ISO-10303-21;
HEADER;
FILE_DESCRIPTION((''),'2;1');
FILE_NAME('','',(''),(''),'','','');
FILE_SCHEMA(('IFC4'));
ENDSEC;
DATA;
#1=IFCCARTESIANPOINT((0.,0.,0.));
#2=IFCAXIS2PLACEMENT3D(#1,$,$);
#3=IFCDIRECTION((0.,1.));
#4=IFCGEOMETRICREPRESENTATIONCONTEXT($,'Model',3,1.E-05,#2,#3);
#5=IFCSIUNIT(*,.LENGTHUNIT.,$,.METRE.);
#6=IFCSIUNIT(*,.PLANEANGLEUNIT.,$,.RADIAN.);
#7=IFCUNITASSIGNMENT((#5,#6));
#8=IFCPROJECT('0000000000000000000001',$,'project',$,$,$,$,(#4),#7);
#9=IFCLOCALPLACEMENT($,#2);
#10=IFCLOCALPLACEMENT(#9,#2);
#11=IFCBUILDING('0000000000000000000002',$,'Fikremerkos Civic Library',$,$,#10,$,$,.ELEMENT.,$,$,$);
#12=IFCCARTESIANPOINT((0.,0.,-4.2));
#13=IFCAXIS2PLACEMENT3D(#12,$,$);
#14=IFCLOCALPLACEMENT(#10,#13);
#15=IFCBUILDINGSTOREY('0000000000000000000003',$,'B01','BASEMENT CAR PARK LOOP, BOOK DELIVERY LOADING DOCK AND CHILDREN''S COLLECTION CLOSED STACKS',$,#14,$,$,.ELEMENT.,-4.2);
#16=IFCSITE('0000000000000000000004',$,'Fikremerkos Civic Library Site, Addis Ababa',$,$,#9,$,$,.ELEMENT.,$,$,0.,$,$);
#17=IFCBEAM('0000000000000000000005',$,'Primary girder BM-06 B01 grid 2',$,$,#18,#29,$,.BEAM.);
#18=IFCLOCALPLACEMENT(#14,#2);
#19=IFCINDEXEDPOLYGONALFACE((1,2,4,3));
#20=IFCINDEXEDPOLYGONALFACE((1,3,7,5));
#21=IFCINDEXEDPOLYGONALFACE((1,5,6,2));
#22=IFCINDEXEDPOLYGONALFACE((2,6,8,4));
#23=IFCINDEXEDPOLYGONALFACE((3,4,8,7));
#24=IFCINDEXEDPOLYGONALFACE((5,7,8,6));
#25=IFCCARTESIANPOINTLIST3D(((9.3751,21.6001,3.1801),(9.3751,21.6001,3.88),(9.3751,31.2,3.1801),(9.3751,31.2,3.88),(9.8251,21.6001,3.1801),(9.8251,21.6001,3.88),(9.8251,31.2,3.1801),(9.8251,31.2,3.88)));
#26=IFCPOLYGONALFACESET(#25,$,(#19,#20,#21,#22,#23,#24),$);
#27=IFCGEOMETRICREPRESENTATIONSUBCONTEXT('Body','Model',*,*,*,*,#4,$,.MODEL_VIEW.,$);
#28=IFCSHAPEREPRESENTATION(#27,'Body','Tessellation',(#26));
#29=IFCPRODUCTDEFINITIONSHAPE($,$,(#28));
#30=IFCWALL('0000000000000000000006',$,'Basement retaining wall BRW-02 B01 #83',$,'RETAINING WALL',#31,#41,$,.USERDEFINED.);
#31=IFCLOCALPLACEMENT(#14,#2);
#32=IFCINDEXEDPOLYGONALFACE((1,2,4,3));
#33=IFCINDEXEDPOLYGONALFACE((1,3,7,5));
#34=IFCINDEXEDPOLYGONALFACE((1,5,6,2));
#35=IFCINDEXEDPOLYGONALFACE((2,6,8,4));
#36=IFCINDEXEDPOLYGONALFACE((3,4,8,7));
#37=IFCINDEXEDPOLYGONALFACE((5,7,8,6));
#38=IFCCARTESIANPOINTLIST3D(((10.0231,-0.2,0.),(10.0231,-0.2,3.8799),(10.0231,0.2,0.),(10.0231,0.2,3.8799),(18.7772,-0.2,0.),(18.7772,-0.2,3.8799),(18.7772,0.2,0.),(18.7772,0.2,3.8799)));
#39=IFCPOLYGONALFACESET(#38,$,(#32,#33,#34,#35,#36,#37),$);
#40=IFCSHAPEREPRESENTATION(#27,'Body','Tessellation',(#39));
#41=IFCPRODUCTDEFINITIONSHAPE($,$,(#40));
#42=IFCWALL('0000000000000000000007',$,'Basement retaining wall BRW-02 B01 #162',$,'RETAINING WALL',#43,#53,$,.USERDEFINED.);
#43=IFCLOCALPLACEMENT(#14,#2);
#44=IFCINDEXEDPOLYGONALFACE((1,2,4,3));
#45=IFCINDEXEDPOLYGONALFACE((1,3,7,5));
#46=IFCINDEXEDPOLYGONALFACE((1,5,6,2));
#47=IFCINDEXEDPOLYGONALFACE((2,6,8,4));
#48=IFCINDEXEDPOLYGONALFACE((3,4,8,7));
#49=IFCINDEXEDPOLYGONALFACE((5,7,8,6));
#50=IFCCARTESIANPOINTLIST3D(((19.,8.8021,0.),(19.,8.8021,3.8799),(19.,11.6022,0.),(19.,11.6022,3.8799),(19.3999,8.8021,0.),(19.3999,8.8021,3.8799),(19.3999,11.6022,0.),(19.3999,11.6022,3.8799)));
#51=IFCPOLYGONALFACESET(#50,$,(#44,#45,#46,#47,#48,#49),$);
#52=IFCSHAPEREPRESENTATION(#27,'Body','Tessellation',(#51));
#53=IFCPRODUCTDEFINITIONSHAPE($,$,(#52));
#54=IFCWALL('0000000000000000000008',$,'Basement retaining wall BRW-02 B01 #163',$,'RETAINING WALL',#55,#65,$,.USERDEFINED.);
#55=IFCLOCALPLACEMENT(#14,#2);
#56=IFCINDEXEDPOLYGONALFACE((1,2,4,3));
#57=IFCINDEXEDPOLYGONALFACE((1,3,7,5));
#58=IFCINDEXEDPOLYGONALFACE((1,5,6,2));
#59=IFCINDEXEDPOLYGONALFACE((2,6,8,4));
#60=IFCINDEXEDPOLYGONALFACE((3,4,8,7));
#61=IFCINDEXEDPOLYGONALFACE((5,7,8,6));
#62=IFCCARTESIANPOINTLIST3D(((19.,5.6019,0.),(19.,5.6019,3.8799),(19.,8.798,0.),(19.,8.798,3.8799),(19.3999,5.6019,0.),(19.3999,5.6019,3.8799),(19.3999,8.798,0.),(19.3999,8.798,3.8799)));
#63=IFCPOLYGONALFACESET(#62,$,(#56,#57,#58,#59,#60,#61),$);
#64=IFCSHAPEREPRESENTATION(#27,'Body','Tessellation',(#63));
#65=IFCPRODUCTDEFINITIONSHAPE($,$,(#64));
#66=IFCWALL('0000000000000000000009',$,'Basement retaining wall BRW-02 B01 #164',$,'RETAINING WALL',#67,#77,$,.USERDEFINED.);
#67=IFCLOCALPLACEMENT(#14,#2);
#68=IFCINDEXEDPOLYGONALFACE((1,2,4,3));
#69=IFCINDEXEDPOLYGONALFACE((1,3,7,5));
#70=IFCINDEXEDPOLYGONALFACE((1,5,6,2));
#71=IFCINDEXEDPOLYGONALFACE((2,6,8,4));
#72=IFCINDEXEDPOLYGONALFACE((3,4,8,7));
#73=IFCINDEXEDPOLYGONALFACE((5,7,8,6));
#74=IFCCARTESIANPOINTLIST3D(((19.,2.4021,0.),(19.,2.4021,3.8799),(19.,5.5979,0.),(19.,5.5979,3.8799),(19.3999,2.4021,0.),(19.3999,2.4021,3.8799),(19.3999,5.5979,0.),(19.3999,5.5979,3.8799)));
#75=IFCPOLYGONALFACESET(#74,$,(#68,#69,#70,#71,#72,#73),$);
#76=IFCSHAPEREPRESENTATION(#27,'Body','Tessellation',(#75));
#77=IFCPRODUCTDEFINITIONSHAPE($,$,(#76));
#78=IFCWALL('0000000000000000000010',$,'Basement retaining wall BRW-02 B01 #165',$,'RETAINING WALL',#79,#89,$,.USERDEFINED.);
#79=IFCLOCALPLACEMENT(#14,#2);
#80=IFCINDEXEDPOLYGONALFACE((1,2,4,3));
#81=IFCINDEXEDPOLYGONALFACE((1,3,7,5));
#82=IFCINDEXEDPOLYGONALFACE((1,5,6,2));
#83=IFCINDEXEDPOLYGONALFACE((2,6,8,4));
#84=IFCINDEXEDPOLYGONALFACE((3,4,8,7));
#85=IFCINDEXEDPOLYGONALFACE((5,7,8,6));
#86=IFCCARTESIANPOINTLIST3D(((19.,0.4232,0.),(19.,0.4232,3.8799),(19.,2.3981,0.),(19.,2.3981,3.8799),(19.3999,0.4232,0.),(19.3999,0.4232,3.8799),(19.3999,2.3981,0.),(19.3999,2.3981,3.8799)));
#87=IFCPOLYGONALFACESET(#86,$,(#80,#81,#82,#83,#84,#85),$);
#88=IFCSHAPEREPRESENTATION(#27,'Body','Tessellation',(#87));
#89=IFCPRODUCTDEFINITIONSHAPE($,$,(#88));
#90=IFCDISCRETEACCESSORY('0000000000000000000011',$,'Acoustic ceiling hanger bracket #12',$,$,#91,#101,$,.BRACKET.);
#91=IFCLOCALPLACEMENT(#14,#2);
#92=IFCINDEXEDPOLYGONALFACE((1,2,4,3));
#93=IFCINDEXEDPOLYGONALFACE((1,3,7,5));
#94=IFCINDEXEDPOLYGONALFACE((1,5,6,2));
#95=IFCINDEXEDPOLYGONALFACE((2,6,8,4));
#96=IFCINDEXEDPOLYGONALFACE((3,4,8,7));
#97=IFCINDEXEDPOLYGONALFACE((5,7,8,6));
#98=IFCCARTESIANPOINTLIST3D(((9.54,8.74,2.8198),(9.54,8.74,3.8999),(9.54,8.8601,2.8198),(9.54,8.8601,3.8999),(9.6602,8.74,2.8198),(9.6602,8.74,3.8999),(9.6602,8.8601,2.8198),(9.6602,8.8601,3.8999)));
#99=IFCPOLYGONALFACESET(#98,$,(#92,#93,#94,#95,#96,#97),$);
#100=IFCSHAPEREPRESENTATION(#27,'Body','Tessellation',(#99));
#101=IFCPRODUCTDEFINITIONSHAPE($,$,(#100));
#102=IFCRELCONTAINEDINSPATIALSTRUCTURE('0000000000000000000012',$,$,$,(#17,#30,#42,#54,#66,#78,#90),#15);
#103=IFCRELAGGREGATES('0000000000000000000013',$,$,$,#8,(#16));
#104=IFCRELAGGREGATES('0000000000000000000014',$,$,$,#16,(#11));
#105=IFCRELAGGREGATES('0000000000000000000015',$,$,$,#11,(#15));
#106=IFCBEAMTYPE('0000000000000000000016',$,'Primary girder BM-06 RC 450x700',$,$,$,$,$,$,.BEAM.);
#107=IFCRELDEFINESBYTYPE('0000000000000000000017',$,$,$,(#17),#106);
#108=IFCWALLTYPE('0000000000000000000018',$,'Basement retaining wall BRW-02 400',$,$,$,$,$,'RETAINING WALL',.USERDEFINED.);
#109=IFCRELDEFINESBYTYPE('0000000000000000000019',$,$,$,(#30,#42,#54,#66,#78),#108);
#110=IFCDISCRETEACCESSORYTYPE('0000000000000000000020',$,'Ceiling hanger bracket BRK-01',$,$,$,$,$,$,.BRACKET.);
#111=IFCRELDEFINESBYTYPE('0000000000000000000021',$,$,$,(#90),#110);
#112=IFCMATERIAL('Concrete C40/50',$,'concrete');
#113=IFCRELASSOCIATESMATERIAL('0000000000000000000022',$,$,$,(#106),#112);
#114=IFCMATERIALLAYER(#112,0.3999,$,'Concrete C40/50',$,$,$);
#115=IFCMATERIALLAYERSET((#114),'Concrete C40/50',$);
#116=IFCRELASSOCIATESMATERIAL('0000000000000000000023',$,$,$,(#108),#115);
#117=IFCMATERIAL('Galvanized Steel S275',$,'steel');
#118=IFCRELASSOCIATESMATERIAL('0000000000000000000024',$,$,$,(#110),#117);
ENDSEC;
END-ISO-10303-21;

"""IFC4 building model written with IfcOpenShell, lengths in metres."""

from ifc_helpers import new_model, si_unit, direction, frame, frame_2d, origin, origin_2d, place, context, subcontext, project, spatial, rectangle, extrude, material, layer, layer_set, material_profile, profile_set, type_object, element, save


model = new_model("IFC4")

# Units and contexts
model_context = context("Model", 3, precision=1e-05, world=origin(), true_north=direction((0.0, 1.0)))
body_context = subcontext(model_context, "Body", "Model", "MODEL_VIEW")
ifc_project = project(units=[si_unit("LENGTHUNIT", "METRE"), si_unit("PLANEANGLEUNIT", "RADIAN")], contexts=[model_context])

# Site, building, storey
site_placement = place(None, origin())
site = spatial("IfcSite", under=ifc_project, at=site_placement, Name="Fikremerkos Civic Library Site, Addis Ababa", CompositionType="ELEMENT", RefElevation=0.0)
building_placement = place(site_placement, origin())
building = spatial("IfcBuilding", under=site, at=building_placement, Name="Fikremerkos Civic Library", CompositionType="ELEMENT")
storey_placement = place(building_placement, frame((0.0, 0.0, -4.2)))
storey = spatial("IfcBuildingStorey", under=building, at=storey_placement, Name="B01", Description="BASEMENT CAR PARK LOOP, BOOK DELIVERY LOADING DOCK AND CHILDREN'S COLLECTION CLOSED STACKS", CompositionType="ELEMENT", Elevation=-4.2)

# Shared definitions
ifc_material_1 = material(Name="Concrete C40/50", Category="concrete")

# Beam
ifc_material_profile_1 = material_profile(ifc_material_1, rectangle(XDim=0.45, YDim=0.7, at=origin_2d()), Name="RC 450x700")
ifc_profile_set_1 = profile_set([ifc_material_profile_1], Name="Concrete C40/50")
beam_type_1 = type_object("IfcBeamType", Name="Primary girder BM-06 RC 450x700", PredefinedType="BEAM", material=ifc_profile_set_1)
for number, where, z_axis, x_axis, name in (
    (1, (9.6001, 21.6001, 3.53), (0.0, 1.0, 0.0), (-1.0, 0.0, 0.0), "Primary girder BM-06 B01 grid 2"),
):
    element("IfcBeam", number, at=place(storey_placement, frame(where, z_axis=z_axis, x_axis=x_axis)), inside=storey, type_object=beam_type_1, Name=name, PredefinedType="BEAM", context=body_context, shape_type="SweptSolid", body=[
        extrude(rectangle(XDim=0.45, YDim=0.7, at=origin_2d()), origin(), (0.0, 0.0, 1.0), 9.5999),
    ])

# Walls
ifc_layer = layer(ifc_material_1, 0.3999, Name="Concrete C40/50")
ifc_layer_set = layer_set([ifc_layer], Name="Concrete C40/50")
wall_type = type_object("IfcWallType", Name="Basement retaining wall BRW-02 400", ElementType="RETAINING WALL", PredefinedType="USERDEFINED", material=ifc_layer_set)
wall_1_placement = place(storey_placement, frame((18.7771, 0.0, 0.0), z_axis=(0.0, 0.0, 1.0), x_axis=(-1.0, 0.0, 0.0)))
element("IfcWall", 2, at=wall_1_placement, inside=storey, type_object=wall_type, Name="Basement retaining wall BRW-02 B01 #83", ObjectType="RETAINING WALL", PredefinedType="USERDEFINED", context=body_context, shape_type="SweptSolid", body=[
    extrude(rectangle(XDim=8.7542, YDim=0.3999, at=frame_2d((4.377, 0.0))), origin(), (0.0, 0.0, 1.0), 3.8799),
])
wall_2_placement = place(storey_placement, frame((19.2, 11.6021, 0.0), z_axis=(0.0, 0.0, 1.0), x_axis=(0.0, -1.0, 0.0)))
element("IfcWall", 3, at=wall_2_placement, inside=storey, type_object=wall_type, Name="Basement retaining wall BRW-02 B01 #162", ObjectType="RETAINING WALL", PredefinedType="USERDEFINED", context=body_context, shape_type="SweptSolid", body=[
    extrude(rectangle(XDim=2.8, YDim=0.3999, at=frame_2d((1.3999, 0.0))), origin(), (0.0, 0.0, 1.0), 3.8799),
])
wall_3_placement = place(storey_placement, frame((19.2, 8.7981, 0.0), z_axis=(0.0, 0.0, 1.0), x_axis=(0.0, -1.0, 0.0)))
element("IfcWall", 4, at=wall_3_placement, inside=storey, type_object=wall_type, Name="Basement retaining wall BRW-02 B01 #163", ObjectType="RETAINING WALL", PredefinedType="USERDEFINED", context=body_context, shape_type="SweptSolid", body=[
    extrude(rectangle(XDim=3.196, YDim=0.3999, at=frame_2d((1.5981, 0.0))), origin(), (0.0, 0.0, 1.0), 3.8799),
])
wall_4_placement = place(storey_placement, frame((19.2, 5.5979, 0.0), z_axis=(0.0, 0.0, 1.0), x_axis=(0.0, -1.0, 0.0)))
element("IfcWall", 5, at=wall_4_placement, inside=storey, type_object=wall_type, Name="Basement retaining wall BRW-02 B01 #164", ObjectType="RETAINING WALL", PredefinedType="USERDEFINED", context=body_context, shape_type="SweptSolid", body=[
    extrude(rectangle(XDim=3.1958, YDim=0.3999, at=frame_2d((1.5979, 0.0))), origin(), (0.0, 0.0, 1.0), 3.8799),
])
wall_5_placement = place(storey_placement, frame((19.2, 2.3979, 0.0), z_axis=(0.0, 0.0, 1.0), x_axis=(0.0, -1.0, 0.0)))
element("IfcWall", 6, at=wall_5_placement, inside=storey, type_object=wall_type, Name="Basement retaining wall BRW-02 B01 #165", ObjectType="RETAINING WALL", PredefinedType="USERDEFINED", context=body_context, shape_type="SweptSolid", body=[
    extrude(rectangle(XDim=1.9749, YDim=0.3999, at=frame_2d((0.9873, 0.0))), origin(), (0.0, 0.0, 1.0), 3.8799),
])

# Discrete accessory
ifc_material_2 = material(Name="Galvanized Steel S275", Category="steel")
discrete_accessory_type = type_object("IfcDiscreteAccessoryType", Name="Ceiling hanger bracket BRK-01", PredefinedType="BRACKET", material=ifc_material_2)
discrete_accessory_placement = place(storey_placement, frame((9.6001, 8.8, 2.8198), z_axis=(0.0, 0.0, 1.0), x_axis=(1.0, 0.0, 0.0)))
element("IfcDiscreteAccessory", 7, at=discrete_accessory_placement, inside=storey, type_object=discrete_accessory_type, Name="Acoustic ceiling hanger bracket #12", PredefinedType="BRACKET", context=body_context, shape_type="SweptSolid", body=[
    extrude(rectangle(XDim=0.1201, YDim=0.1201, at=origin_2d()), origin(), (0.0, 0.0, 1.0), 1.0801),
])

save(model, "model.ifc")
